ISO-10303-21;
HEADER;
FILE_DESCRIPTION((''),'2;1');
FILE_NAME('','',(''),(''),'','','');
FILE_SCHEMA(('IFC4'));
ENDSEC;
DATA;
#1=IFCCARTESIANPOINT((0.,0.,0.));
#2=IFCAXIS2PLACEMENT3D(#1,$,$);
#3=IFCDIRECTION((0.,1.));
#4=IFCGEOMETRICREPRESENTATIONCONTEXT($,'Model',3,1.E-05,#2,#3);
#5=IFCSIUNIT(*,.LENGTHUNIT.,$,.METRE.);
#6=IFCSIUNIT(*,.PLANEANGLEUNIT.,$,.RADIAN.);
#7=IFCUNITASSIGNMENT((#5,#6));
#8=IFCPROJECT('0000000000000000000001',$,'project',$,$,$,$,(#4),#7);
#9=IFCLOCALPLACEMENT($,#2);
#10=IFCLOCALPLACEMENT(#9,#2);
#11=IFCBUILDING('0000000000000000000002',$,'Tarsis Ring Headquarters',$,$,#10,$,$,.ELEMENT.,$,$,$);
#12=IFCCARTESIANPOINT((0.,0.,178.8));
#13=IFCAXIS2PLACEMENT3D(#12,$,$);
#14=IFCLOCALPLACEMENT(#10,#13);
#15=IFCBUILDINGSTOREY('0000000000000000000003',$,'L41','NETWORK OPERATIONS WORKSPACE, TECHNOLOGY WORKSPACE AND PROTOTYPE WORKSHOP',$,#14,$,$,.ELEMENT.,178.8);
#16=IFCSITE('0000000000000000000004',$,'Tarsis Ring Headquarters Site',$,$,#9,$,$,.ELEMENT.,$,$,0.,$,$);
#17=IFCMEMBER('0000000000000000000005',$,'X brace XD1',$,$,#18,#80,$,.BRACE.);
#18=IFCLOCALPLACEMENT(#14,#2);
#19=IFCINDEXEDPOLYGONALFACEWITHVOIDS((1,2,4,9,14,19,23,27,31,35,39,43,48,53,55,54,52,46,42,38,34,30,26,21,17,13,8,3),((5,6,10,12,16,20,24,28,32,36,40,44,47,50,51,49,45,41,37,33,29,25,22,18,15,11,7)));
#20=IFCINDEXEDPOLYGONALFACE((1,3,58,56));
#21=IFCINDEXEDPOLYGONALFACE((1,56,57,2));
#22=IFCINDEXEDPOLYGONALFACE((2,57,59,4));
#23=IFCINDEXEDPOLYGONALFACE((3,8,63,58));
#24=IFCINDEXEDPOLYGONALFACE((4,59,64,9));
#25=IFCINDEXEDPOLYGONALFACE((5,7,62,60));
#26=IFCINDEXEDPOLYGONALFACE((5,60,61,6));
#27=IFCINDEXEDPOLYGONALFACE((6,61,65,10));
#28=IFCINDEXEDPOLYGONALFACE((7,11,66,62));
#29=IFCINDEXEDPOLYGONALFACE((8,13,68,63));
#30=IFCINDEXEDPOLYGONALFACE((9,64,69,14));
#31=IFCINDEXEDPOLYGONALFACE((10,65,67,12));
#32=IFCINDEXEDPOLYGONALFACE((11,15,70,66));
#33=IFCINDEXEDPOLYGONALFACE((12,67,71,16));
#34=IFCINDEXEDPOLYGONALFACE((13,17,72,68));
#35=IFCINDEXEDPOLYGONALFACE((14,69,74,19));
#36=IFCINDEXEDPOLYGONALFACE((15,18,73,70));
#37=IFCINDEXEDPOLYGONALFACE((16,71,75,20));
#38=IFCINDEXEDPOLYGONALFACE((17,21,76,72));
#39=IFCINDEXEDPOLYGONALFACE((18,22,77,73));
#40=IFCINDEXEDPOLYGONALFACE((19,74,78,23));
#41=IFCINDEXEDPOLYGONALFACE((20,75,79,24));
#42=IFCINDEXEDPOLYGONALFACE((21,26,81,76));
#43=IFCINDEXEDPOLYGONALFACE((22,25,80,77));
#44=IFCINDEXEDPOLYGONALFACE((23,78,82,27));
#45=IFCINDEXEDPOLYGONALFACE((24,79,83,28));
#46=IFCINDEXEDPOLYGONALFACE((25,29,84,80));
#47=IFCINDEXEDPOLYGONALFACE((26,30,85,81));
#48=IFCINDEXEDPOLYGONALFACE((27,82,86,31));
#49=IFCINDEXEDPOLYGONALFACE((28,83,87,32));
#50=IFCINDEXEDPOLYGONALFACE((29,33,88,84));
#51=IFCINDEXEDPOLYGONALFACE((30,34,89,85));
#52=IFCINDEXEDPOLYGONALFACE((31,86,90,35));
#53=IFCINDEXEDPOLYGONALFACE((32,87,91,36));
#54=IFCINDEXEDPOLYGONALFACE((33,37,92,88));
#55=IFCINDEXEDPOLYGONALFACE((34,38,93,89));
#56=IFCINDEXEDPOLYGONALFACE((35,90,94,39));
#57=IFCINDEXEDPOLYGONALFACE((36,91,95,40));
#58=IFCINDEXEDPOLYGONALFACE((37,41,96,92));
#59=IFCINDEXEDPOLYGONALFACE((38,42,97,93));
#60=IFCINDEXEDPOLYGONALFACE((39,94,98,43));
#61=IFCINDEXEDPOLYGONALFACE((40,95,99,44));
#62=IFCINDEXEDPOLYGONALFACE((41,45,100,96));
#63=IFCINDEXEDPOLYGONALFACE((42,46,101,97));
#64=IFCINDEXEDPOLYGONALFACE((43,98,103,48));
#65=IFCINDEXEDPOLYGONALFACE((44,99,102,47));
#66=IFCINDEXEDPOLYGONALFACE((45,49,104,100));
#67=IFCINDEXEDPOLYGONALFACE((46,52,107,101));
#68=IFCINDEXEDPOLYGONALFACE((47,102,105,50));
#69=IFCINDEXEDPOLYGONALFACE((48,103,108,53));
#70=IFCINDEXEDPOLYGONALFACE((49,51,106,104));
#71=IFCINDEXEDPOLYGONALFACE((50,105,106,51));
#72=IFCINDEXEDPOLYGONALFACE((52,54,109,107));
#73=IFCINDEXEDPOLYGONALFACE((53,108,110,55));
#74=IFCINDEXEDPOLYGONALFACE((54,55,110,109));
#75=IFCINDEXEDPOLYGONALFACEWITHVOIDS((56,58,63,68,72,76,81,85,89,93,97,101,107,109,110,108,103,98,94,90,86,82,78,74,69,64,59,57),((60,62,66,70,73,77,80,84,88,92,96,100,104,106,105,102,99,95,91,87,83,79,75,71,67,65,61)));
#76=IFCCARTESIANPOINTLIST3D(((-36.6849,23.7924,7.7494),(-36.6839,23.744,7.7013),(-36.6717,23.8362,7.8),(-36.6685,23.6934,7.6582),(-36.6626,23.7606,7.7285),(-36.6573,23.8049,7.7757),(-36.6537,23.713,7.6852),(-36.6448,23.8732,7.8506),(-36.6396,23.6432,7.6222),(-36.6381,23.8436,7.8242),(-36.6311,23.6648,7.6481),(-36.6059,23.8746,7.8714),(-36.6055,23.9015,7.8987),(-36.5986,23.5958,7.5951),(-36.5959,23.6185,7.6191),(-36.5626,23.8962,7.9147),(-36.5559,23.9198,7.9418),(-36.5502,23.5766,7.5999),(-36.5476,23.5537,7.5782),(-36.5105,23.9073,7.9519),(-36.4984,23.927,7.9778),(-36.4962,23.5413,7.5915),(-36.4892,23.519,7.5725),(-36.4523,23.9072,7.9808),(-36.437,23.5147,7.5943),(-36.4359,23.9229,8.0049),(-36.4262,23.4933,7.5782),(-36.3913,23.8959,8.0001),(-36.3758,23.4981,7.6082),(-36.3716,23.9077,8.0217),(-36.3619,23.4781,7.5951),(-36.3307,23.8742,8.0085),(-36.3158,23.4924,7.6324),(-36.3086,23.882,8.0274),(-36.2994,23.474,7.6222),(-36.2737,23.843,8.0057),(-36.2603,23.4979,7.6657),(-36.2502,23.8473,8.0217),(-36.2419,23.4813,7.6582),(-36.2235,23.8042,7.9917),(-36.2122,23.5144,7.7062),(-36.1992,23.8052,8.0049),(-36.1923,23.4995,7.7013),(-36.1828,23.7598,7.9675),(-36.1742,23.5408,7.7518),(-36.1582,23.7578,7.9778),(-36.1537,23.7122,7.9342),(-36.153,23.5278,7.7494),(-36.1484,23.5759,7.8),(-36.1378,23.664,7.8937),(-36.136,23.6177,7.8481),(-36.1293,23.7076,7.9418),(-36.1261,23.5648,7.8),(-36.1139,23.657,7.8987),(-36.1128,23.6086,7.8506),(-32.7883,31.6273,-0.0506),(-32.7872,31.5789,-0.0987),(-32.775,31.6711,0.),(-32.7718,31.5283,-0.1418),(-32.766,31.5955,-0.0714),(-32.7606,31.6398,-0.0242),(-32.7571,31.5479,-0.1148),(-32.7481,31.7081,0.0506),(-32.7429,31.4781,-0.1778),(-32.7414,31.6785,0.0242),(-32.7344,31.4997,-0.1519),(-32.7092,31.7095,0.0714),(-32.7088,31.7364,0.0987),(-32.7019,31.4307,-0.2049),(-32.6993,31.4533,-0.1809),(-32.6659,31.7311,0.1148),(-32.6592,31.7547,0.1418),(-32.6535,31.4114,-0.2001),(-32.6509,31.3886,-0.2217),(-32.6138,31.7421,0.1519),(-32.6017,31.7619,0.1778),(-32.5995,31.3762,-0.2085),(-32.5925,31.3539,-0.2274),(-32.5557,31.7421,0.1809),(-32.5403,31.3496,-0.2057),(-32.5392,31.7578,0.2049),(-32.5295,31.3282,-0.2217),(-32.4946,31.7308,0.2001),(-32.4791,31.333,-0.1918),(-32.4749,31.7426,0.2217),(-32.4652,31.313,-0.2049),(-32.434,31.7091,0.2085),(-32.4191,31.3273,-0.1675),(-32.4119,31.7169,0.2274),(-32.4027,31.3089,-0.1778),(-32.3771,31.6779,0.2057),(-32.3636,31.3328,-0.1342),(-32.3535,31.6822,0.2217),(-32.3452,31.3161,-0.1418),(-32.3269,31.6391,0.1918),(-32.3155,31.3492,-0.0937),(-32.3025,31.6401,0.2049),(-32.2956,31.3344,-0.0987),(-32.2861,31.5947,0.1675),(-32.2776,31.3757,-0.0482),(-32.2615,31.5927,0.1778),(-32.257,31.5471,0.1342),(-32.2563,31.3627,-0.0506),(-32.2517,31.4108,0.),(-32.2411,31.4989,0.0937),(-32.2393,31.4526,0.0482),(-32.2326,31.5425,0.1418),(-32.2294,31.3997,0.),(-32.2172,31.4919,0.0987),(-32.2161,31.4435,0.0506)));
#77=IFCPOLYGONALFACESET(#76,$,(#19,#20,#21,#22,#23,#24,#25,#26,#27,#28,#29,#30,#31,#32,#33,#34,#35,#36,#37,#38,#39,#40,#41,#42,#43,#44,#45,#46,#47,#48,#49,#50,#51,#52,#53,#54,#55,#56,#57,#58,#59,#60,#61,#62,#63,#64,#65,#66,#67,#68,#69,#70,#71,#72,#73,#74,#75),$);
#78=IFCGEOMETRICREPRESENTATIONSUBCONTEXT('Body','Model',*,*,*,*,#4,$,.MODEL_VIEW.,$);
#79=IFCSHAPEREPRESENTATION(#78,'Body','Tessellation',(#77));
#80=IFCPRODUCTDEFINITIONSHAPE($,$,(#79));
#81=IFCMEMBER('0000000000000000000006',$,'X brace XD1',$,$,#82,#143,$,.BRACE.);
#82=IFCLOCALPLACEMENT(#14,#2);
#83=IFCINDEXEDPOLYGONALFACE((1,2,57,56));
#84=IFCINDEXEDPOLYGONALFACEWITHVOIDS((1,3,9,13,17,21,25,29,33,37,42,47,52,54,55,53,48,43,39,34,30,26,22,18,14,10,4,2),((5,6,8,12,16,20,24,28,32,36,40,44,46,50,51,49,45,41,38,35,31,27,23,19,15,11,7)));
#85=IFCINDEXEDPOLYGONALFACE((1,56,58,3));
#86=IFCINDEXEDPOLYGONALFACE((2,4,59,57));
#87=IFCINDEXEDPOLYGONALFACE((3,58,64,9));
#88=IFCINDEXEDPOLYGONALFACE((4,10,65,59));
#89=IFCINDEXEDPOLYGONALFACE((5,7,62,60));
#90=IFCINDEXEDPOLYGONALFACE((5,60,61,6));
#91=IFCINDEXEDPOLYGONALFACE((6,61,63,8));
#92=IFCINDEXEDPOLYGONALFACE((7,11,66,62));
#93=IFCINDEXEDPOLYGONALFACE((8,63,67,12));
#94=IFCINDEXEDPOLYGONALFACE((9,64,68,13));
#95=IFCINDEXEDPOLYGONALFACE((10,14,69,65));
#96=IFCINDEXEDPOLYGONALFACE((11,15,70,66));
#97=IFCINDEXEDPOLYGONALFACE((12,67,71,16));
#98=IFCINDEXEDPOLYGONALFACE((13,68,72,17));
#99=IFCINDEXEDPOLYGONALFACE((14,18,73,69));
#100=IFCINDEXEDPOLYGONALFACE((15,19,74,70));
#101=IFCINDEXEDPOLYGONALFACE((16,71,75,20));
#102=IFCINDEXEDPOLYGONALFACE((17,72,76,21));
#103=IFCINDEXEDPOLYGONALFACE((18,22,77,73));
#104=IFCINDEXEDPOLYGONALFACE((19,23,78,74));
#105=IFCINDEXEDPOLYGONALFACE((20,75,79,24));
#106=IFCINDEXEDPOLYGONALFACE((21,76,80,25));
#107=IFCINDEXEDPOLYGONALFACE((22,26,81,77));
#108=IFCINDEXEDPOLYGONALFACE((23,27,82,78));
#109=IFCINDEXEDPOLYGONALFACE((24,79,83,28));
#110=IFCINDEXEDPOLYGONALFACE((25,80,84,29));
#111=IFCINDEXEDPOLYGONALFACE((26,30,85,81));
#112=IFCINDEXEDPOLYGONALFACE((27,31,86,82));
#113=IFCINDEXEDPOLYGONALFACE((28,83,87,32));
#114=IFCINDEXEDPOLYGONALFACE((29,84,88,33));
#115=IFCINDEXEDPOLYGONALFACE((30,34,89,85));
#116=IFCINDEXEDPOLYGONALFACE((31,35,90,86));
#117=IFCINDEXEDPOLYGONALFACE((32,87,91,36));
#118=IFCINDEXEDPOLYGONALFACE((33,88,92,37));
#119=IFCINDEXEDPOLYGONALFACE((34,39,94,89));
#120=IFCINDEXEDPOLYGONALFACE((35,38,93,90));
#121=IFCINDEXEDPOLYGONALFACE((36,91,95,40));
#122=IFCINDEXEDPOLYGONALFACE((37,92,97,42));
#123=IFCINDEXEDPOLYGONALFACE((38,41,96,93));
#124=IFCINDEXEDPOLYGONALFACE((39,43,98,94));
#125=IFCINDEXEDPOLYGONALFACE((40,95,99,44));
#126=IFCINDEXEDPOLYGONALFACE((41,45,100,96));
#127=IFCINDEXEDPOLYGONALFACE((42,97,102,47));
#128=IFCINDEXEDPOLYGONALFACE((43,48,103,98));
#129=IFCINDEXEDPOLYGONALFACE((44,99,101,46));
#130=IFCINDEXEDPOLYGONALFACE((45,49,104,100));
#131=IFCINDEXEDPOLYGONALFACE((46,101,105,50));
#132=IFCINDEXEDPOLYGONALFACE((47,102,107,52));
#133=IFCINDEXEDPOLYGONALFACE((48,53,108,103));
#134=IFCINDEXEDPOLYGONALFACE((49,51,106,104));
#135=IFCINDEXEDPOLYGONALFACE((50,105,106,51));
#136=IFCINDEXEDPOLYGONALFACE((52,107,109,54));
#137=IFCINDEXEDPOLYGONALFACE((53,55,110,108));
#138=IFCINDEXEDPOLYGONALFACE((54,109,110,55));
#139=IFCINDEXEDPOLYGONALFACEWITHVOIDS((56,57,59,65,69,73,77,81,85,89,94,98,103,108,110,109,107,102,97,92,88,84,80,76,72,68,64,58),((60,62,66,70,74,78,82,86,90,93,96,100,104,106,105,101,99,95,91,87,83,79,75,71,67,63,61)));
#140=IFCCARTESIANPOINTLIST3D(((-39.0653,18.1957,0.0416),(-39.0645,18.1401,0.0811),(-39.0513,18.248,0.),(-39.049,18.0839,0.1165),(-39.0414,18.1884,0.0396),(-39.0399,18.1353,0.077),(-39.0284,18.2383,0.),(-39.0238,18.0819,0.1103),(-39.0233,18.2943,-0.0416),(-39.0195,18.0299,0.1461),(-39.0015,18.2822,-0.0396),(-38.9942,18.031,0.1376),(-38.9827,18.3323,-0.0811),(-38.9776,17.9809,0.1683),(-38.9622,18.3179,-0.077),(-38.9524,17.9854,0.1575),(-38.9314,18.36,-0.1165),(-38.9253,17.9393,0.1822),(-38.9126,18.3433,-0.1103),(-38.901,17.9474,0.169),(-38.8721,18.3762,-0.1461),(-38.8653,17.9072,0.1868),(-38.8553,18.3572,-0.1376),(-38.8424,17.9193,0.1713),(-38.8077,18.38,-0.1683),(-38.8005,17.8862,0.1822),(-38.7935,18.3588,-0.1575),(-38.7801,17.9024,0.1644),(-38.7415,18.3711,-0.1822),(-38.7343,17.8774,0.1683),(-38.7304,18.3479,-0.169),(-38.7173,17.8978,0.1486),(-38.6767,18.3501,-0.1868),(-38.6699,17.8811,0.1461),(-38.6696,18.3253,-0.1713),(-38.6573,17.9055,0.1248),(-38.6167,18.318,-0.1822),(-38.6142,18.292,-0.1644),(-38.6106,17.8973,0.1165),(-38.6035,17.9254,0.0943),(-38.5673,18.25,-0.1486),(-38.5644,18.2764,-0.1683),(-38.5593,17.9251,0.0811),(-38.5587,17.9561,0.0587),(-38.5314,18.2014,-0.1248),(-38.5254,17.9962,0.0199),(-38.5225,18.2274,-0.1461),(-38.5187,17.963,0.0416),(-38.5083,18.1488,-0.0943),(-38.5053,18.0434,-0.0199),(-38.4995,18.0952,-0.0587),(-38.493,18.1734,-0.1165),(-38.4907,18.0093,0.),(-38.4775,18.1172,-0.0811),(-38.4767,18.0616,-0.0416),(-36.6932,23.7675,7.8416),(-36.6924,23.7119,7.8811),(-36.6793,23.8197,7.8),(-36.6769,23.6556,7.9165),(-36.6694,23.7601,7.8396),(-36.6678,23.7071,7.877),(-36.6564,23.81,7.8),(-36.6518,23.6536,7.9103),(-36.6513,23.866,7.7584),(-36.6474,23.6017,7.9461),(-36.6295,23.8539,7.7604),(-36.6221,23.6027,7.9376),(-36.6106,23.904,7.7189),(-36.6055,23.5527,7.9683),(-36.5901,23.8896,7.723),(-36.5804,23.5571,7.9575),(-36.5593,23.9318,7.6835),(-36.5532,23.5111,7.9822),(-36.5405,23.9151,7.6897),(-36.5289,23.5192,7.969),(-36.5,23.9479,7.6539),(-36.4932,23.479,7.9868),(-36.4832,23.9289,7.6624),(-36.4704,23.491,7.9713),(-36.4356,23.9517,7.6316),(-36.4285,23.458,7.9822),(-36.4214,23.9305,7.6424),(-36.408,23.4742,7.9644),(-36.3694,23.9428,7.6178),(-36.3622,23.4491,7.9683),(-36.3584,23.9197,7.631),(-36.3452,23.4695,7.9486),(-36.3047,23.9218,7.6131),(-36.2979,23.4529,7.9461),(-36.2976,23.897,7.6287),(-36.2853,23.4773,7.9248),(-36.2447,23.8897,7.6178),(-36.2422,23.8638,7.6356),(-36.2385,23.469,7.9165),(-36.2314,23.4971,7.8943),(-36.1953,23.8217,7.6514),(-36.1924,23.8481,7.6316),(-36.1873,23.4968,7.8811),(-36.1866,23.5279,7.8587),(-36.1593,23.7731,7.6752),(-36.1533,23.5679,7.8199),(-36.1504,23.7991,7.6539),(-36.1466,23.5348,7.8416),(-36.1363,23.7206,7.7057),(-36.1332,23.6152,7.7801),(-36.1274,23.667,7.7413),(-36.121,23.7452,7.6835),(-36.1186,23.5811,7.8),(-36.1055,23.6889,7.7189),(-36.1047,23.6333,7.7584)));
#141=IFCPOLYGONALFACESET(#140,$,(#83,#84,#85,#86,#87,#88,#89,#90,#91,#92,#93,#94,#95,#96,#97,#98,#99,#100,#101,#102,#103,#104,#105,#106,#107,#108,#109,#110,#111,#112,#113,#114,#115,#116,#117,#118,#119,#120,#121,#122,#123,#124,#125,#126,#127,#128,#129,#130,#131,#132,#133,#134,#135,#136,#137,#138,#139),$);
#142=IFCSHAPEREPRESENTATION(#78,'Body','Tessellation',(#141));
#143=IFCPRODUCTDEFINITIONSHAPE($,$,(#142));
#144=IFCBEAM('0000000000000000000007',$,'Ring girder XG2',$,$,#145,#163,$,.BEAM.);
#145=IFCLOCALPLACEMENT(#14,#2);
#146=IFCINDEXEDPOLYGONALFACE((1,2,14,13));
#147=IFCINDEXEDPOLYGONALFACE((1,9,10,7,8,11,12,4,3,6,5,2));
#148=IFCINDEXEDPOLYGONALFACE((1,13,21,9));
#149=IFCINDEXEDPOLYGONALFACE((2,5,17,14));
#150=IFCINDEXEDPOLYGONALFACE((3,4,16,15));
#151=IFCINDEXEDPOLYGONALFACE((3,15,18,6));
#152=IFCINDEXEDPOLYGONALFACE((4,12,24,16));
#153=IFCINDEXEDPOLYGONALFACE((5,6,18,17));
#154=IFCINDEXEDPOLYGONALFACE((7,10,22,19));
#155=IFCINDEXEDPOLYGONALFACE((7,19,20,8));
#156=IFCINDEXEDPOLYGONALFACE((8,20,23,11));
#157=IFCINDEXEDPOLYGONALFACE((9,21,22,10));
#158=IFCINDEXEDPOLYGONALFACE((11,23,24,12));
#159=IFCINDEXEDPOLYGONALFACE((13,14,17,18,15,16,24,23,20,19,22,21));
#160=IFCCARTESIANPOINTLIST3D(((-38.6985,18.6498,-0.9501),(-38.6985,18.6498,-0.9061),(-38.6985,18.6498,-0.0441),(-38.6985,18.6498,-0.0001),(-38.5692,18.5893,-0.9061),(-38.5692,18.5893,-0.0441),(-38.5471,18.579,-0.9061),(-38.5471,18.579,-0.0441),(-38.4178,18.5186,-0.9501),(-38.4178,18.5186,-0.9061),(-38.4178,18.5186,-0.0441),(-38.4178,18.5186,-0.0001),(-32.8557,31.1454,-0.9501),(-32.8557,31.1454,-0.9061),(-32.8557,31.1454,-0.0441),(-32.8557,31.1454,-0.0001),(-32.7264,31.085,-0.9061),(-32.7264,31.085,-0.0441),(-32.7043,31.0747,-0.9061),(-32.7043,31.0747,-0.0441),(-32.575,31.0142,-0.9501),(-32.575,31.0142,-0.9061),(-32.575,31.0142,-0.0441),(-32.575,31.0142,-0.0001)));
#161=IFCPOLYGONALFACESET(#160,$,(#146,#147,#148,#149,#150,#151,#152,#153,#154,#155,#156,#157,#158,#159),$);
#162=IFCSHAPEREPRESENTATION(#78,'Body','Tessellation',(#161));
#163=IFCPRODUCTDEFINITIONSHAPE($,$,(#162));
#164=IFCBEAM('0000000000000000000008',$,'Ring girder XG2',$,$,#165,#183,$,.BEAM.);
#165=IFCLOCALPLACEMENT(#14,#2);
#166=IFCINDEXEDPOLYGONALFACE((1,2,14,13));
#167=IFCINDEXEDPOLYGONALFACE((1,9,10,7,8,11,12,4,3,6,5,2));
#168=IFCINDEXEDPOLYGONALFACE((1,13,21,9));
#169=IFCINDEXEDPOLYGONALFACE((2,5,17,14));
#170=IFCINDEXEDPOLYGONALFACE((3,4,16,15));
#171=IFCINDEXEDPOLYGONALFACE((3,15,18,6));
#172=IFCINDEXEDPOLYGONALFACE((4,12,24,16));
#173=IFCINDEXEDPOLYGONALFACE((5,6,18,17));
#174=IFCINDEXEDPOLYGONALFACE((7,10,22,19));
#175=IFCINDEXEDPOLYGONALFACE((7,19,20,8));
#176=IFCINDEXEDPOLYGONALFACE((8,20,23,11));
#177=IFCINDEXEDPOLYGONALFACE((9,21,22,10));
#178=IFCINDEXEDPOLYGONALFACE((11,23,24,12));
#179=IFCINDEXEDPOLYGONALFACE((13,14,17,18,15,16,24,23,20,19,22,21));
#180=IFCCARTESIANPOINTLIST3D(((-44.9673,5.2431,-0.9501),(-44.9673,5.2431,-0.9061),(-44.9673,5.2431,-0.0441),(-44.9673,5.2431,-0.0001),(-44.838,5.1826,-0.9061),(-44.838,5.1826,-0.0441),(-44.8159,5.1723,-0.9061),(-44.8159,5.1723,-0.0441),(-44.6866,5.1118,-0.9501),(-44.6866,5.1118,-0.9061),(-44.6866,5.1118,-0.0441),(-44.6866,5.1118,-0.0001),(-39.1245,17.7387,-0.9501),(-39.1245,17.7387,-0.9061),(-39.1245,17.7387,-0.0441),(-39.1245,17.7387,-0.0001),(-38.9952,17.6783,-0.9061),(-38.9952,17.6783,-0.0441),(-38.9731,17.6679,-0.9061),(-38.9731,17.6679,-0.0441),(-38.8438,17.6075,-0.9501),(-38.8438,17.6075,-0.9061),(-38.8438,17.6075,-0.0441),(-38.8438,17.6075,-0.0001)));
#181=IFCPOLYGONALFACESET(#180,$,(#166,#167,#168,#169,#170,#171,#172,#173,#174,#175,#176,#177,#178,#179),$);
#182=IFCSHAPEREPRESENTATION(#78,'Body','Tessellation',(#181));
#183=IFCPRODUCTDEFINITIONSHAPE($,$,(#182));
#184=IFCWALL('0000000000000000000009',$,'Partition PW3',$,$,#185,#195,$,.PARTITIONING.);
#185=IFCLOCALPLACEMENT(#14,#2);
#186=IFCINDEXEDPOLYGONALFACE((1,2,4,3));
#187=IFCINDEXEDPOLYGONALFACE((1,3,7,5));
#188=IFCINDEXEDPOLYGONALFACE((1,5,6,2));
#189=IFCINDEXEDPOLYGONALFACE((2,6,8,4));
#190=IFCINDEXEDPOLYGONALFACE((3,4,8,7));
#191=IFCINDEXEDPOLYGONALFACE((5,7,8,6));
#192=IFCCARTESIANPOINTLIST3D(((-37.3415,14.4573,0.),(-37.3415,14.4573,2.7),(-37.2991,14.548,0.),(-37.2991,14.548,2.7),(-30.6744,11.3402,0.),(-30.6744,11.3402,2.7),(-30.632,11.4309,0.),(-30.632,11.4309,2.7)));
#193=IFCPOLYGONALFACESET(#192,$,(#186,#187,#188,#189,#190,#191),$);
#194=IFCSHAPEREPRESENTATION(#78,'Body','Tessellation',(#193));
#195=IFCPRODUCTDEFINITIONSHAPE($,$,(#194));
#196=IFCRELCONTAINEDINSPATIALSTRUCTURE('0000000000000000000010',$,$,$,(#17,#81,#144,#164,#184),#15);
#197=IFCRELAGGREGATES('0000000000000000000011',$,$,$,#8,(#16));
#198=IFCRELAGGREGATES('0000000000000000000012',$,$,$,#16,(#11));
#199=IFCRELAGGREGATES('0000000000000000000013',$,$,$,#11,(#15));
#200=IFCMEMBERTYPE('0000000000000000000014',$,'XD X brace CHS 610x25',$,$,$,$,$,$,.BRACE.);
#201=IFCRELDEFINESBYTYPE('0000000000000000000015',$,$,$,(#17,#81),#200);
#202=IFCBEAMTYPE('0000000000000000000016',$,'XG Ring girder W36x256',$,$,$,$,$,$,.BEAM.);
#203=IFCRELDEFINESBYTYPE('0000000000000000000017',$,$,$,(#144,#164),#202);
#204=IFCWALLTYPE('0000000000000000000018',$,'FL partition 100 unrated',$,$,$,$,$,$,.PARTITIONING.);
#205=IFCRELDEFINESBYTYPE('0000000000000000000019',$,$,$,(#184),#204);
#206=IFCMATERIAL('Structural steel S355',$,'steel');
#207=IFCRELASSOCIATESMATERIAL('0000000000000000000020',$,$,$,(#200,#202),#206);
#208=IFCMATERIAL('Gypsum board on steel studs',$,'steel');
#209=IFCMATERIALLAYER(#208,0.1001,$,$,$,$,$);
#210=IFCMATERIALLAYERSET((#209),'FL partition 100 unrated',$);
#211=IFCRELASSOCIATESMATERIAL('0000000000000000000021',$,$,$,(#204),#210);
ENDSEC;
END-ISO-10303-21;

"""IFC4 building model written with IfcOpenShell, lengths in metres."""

from ifc_helpers import new_model, si_unit, direction, frame, frame_2d, origin, origin_2d, place, context, subcontext, project, spatial, rectangle, hollow_circle, i_section, extrude, material, layer, layer_set, material_profile, profile_set, type_object, element, save


model = new_model("IFC4")

# Units and contexts
model_context = context("Model", 3, precision=1e-05, world=origin(), true_north=direction((0.0, 1.0)))
body_context = subcontext(model_context, "Body", "Model", "MODEL_VIEW")
ifc_project = project(units=[si_unit("LENGTHUNIT", "METRE"), si_unit("PLANEANGLEUNIT", "RADIAN")], contexts=[model_context])

# Site, building, storey
site_placement = place(None, origin())
site = spatial("IfcSite", under=ifc_project, at=site_placement, Name="Tarsis Ring Headquarters Site", CompositionType="ELEMENT", RefElevation=0.0)
building_placement = place(site_placement, origin())
building = spatial("IfcBuilding", under=site, at=building_placement, Name="Tarsis Ring Headquarters", CompositionType="ELEMENT")
storey_placement = place(building_placement, frame((0.0, 0.0, 178.8)))
storey = spatial("IfcBuildingStorey", under=building, at=storey_placement, Name="L41", Description="NETWORK OPERATIONS WORKSPACE, TECHNOLOGY WORKSPACE AND PROTOTYPE WORKSHOP", CompositionType="ELEMENT", Elevation=178.8)

# Shared definitions
ifc_material_1 = material(Name="Structural steel S355", Category="steel")

# Members
ifc_material_profile_1 = material_profile(ifc_material_1, hollow_circle(Radius=0.3047, WallThickness=0.0249, at=origin_2d()), Name="CHS 610x25")
ifc_profile_set_1 = profile_set([ifc_material_profile_1], Name="Structural steel S355")
member_type = type_object("IfcMemberType", Name="XD X brace CHS 610x25", PredefinedType="BRACE", material=ifc_profile_set_1)
member_1_placement = place(storey_placement, frame((-32.5022, 31.5354, 0.0), z_axis=(-0.332421, -0.668382, 0.665404), x_axis=(0.895374, -0.445315, 0.0)))
element("IfcMember", 1, at=member_1_placement, inside=storey, type_object=member_type, Name="X brace XD1", PredefinedType="BRACE", context=body_context, shape_type="SweptSolid", body=[
    extrude(hollow_circle(Radius=0.3047, WallThickness=0.0249, at=origin_2d()), origin(), (0.0, 0.0, 1.0), 11.7222),
])
member_2_placement = place(storey_placement, frame((-38.771, 18.1287, 0.0), z_axis=(0.240214, 0.564241, 0.789892), x_axis=(-0.920089, 0.391709, 0.0)))
element("IfcMember", 2, at=member_2_placement, inside=storey, type_object=member_type, Name="X brace XD1", PredefinedType="BRACE", context=body_context, shape_type="SweptSolid", body=[
    extrude(hollow_circle(Radius=0.3047, WallThickness=0.0249, at=origin_2d()), origin(), (0.0, 0.0, 1.0), 9.8748),
])

# Beams
ifc_material_profile_2 = material_profile(ifc_material_1, i_section(OverallWidth=0.3098, OverallDepth=0.95, WebThickness=0.0244, FlangeThickness=0.0439, at=origin_2d()), Name="W36x256")
ifc_profile_set_2 = profile_set([ifc_material_profile_2], Name="Structural steel S355")
beam_type = type_object("IfcBeamType", Name="XG Ring girder W36x256", PredefinedType="BEAM", material=ifc_profile_set_2)
for number, where, z_axis, x_axis, name in (
    (3, (-32.7153, 31.0798, -0.4751), (-0.423569, -0.905864, 0.0), (0.905864, -0.423569, 0.0), "Ring girder XG2"),
    (4, (-38.9841, 17.6731, -0.4751), (-0.423569, -0.905864, 0.0), (0.905864, -0.423569, 0.0), "Ring girder XG2"),
):
    element("IfcBeam", number, at=place(storey_placement, frame(where, z_axis=z_axis, x_axis=x_axis)), inside=storey, type_object=beam_type, Name=name, PredefinedType="BEAM", context=body_context, shape_type="SweptSolid", body=[
        extrude(i_section(OverallWidth=0.3098, OverallDepth=0.95, WebThickness=0.0244, FlangeThickness=0.0439, at=origin_2d()), origin(), (0.0, 0.0, 1.0), 13.7942),
    ])

# Wall
ifc_material_2 = material(Name="Gypsum board on steel studs", Category="steel")
ifc_layer_1 = layer(ifc_material_2, 0.1001)
ifc_layer_set_1 = layer_set([ifc_layer_1], Name="FL partition 100 unrated")
wall_type_1 = type_object("IfcWallType", Name="FL partition 100 unrated", PredefinedType="PARTITIONING", material=ifc_layer_set_1)
wall_1_placement = place(storey_placement, frame((-37.3203, 14.5027, 0.0), z_axis=(0.0, 0.0, 1.0), x_axis=(0.90588, -0.423534, 0.0)))
element("IfcWall", 5, at=wall_1_placement, inside=storey, type_object=wall_type_1, Name="Partition PW3", PredefinedType="PARTITIONING", context=body_context, shape_type="SweptSolid", body=[
    extrude(rectangle(XDim=7.3599, YDim=0.1001, at=frame_2d((3.6799, 0.0))), origin(), (0.0, 0.0, 1.0), 2.7),
])

save(model, "model.ifc")
